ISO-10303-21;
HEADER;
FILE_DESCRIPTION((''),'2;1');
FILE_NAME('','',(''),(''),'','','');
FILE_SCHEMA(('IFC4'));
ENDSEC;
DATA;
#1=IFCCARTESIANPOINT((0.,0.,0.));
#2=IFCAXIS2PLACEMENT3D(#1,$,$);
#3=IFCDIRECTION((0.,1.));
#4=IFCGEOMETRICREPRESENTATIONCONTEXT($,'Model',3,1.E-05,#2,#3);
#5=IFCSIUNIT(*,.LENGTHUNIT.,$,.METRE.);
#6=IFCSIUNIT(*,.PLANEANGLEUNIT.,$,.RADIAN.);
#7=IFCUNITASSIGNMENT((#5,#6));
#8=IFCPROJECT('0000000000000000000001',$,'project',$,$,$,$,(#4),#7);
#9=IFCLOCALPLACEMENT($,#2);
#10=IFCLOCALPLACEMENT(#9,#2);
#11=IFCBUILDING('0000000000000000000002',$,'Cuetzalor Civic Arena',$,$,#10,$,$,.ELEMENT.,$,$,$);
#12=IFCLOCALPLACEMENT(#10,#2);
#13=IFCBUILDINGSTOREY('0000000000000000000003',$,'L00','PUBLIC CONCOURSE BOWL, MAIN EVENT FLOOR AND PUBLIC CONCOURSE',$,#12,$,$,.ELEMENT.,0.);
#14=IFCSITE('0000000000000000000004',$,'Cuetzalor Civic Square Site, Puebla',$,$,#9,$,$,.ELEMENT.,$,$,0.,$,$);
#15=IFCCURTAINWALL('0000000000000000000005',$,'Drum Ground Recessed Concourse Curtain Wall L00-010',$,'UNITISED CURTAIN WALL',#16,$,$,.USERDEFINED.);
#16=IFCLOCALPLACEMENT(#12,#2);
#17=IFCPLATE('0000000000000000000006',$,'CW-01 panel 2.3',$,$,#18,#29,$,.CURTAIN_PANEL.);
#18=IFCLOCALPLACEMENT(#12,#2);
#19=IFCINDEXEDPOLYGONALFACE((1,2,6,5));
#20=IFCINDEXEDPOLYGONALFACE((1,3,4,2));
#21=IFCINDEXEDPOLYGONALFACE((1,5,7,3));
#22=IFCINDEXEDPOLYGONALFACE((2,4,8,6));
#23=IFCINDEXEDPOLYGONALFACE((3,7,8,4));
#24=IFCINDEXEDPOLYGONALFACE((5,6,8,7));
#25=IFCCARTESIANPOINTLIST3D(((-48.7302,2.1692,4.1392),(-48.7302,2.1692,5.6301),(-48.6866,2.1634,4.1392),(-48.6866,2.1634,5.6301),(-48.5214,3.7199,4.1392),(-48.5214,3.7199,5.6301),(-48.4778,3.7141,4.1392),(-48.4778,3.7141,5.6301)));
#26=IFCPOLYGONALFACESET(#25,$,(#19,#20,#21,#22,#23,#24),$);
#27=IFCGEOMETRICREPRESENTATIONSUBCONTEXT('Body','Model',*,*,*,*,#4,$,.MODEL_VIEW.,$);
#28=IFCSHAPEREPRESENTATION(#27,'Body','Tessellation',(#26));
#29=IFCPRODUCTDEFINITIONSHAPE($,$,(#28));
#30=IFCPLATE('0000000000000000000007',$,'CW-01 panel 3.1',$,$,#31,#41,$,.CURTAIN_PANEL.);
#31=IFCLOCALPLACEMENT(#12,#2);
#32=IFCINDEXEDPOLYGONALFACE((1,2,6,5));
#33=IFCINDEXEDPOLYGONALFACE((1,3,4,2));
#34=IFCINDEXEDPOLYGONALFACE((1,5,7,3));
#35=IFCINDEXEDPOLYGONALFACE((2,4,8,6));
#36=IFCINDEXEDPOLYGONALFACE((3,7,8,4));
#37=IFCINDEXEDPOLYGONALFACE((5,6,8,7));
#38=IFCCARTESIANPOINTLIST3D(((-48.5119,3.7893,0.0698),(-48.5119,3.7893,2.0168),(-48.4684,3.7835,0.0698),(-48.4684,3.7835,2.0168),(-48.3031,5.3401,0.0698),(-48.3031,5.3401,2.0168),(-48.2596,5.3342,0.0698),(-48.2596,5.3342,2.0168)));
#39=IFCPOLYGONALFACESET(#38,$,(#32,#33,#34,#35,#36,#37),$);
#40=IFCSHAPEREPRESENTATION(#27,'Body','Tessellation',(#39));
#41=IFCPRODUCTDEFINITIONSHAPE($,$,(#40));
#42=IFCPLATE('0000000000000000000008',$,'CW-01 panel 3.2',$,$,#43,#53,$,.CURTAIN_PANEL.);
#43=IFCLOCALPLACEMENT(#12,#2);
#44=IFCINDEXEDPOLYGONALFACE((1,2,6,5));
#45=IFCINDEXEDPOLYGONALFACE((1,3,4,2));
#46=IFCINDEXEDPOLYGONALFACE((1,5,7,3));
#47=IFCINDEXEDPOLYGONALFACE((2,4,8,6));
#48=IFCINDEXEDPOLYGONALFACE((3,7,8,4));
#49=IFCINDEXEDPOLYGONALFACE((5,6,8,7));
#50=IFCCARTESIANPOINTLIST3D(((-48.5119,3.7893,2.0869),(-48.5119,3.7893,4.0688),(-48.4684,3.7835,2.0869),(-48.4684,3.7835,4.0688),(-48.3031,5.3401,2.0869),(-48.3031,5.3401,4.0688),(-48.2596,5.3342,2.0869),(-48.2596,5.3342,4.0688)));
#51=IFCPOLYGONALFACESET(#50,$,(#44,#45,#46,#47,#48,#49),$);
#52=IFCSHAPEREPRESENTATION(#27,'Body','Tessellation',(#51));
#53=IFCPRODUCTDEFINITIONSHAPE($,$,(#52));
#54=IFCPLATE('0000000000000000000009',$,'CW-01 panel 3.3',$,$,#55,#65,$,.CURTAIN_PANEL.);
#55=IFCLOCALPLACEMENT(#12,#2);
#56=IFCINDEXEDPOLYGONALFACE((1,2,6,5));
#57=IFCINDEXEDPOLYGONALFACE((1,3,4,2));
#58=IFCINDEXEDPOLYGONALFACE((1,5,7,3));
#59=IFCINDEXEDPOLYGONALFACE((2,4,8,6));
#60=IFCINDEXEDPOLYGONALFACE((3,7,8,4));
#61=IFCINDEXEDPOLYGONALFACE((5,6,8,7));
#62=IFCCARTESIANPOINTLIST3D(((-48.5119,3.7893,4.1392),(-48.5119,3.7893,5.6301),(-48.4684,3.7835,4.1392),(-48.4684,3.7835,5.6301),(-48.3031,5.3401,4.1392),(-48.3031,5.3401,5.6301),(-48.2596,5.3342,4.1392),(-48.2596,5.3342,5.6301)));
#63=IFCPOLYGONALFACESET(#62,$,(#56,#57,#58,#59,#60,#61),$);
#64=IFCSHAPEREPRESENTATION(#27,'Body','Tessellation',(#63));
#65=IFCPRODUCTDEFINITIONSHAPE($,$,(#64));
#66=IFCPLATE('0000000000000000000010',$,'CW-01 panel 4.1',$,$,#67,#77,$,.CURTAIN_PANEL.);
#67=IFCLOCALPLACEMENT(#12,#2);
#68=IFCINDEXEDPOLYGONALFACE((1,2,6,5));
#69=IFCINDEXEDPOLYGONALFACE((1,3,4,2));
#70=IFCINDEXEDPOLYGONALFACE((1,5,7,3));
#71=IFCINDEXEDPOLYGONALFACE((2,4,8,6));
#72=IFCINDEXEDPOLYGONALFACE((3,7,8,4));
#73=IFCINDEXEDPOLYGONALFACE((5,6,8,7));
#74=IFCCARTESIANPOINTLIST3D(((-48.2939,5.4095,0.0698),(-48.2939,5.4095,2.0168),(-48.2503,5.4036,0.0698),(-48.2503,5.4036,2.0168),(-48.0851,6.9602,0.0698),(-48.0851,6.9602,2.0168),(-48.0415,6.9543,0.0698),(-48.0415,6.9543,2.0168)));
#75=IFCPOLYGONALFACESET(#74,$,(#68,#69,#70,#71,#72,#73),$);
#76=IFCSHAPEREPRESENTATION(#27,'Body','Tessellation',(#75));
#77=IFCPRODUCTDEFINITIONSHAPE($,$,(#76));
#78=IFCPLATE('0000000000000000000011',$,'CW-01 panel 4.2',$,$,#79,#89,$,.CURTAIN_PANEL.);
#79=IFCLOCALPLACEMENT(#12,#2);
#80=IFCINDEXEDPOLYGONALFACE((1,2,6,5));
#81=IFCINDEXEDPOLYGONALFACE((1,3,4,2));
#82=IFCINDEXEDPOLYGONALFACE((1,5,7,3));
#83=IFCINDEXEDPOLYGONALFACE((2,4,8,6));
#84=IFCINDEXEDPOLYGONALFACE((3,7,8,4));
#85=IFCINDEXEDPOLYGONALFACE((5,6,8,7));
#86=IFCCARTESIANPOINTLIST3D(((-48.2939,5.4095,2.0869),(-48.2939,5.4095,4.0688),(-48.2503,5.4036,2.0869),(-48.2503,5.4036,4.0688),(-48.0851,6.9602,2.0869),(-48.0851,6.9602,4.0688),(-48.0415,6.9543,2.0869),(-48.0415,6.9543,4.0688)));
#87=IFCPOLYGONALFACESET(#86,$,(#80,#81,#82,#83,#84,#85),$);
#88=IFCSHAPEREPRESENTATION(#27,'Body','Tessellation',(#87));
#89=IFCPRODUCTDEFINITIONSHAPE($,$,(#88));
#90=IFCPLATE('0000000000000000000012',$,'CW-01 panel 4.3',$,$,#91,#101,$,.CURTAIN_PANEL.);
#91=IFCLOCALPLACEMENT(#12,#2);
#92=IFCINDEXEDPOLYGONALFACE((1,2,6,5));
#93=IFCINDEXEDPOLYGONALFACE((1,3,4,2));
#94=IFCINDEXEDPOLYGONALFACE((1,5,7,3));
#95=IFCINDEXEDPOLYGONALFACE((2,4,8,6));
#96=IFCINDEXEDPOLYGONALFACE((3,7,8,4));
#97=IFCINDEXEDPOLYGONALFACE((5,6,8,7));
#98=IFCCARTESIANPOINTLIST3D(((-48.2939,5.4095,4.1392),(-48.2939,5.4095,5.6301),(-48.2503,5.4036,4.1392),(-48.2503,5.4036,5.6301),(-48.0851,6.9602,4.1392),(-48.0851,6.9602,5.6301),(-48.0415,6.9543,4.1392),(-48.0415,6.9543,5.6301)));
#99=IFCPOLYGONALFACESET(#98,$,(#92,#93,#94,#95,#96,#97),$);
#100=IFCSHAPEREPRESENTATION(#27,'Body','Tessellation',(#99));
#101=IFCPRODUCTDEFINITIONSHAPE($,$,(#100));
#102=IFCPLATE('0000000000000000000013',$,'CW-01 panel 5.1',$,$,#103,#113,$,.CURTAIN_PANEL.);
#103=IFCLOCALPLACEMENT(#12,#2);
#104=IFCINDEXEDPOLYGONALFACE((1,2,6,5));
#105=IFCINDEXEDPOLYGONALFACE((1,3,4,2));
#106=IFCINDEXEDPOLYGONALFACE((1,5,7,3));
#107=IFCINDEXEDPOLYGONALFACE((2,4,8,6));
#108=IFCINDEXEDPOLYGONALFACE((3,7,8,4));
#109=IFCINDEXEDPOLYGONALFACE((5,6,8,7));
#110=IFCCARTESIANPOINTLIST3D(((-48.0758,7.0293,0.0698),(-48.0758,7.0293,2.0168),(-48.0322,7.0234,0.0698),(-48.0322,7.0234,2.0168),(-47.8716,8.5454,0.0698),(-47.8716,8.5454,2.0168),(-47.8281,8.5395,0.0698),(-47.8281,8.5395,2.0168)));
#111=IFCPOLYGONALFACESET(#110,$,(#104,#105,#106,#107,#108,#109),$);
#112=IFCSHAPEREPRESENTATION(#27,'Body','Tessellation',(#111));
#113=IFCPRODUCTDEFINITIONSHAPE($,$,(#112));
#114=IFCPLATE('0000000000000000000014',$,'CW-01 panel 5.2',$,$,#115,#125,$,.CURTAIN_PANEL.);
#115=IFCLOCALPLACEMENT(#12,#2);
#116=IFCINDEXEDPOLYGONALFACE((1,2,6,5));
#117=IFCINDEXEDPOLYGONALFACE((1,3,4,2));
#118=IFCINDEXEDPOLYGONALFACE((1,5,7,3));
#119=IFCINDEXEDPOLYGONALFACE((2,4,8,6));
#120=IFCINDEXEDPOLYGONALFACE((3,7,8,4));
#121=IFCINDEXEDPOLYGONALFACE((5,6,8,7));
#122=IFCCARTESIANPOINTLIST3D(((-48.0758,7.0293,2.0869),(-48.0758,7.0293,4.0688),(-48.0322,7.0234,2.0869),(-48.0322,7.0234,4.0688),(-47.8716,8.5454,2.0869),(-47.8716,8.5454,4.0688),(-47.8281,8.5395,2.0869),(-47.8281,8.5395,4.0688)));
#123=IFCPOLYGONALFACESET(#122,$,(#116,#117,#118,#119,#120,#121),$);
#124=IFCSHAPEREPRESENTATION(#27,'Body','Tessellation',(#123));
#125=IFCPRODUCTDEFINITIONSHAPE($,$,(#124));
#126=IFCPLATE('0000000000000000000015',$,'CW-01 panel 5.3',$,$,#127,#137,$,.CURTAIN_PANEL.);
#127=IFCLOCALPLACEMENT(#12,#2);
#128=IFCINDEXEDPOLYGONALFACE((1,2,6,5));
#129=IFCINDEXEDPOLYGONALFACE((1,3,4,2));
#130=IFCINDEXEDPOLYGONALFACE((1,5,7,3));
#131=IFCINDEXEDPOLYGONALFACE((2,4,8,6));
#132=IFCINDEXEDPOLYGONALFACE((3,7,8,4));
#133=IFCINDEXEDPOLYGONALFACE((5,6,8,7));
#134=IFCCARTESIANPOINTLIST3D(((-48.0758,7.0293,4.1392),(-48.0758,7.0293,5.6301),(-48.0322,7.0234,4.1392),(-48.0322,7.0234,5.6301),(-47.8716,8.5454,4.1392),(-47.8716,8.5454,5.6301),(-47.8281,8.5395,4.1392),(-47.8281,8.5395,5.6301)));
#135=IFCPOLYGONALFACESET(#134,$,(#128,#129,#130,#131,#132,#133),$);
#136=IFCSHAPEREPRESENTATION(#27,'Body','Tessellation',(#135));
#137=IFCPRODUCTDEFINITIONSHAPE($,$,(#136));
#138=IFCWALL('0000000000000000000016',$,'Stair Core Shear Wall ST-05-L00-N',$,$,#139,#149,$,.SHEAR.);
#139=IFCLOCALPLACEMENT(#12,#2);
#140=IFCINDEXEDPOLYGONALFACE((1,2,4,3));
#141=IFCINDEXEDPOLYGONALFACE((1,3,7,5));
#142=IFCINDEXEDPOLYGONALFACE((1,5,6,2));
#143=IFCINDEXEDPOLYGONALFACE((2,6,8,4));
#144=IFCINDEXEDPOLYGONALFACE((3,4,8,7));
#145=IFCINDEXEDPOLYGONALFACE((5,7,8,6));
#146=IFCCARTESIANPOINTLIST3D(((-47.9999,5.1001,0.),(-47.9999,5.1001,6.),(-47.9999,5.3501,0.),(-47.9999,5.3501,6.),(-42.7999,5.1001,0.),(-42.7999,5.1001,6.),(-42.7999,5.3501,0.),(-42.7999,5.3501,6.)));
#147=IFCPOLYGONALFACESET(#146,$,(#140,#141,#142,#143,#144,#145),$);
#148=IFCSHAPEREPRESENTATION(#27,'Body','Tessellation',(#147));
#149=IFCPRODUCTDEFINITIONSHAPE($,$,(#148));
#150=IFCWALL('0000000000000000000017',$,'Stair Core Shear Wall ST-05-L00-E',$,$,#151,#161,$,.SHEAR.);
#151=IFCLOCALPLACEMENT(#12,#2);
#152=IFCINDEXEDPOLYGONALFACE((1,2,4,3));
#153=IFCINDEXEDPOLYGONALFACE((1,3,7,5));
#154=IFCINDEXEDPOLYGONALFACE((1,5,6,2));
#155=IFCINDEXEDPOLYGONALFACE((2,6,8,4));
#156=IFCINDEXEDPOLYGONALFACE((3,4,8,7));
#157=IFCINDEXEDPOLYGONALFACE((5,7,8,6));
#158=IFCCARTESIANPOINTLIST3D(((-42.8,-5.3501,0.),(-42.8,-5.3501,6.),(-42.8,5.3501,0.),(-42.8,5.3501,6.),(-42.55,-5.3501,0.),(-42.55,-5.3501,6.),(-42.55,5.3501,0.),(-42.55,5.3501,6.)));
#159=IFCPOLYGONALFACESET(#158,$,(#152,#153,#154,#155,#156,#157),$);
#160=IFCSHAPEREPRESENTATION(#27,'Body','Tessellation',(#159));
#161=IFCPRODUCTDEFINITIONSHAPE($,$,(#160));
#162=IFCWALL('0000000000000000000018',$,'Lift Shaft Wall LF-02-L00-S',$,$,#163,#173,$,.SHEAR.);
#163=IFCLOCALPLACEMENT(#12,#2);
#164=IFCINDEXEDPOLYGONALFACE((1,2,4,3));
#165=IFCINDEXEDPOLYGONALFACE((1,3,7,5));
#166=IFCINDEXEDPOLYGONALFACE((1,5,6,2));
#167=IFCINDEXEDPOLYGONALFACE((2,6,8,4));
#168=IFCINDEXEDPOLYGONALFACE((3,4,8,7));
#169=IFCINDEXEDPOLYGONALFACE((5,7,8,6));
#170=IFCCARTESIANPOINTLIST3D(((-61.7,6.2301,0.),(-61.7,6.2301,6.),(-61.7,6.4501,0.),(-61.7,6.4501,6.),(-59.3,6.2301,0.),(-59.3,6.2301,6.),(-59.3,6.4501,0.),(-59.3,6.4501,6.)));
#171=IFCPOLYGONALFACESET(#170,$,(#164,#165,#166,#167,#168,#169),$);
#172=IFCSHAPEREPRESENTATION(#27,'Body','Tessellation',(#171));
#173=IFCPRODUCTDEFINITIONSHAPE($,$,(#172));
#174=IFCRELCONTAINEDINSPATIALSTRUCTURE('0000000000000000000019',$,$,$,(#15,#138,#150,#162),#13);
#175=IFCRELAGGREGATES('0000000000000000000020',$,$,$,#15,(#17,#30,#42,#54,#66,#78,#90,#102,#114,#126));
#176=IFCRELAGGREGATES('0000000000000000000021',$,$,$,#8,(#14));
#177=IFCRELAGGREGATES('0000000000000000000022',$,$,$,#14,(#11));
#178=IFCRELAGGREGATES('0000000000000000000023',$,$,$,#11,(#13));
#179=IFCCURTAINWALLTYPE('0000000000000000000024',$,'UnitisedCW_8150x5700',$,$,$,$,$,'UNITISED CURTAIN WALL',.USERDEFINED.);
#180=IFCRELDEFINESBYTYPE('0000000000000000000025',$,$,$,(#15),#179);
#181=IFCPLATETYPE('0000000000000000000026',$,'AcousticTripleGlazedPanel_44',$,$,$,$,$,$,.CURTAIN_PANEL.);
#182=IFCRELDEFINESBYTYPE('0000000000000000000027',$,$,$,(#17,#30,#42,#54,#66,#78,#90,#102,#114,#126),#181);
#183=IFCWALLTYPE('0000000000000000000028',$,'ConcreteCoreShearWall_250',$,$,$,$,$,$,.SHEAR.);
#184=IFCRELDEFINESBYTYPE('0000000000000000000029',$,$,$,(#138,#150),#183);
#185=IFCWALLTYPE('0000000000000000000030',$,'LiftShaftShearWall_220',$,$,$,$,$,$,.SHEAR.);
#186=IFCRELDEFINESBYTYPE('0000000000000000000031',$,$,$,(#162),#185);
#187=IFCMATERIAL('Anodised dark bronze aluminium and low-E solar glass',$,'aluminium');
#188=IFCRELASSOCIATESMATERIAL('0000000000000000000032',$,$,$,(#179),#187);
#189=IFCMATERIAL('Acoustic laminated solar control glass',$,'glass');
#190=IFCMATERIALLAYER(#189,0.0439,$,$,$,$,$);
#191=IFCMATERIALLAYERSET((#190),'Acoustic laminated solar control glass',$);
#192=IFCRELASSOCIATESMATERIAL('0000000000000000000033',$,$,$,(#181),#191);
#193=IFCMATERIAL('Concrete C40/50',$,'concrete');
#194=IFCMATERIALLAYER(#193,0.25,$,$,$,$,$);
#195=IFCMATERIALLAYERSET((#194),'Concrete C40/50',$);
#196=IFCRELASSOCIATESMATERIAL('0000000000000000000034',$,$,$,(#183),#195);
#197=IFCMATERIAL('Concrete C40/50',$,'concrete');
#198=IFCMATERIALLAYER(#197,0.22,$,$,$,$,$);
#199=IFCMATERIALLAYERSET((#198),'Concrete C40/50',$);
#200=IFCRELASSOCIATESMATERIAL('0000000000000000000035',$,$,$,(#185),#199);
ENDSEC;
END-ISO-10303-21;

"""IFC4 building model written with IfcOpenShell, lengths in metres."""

from ifc_helpers import new_model, si_unit, direction, frame, frame_2d, origin, origin_2d, place, context, subcontext, project, spatial, rectangle, extrude, material, layer, layer_set, type_object, element, aggregate, save


model = new_model("IFC4")

# Units and contexts
model_context = context("Model", 3, precision=1e-05, world=origin(), true_north=direction((0.0, 1.0)))
body_context = subcontext(model_context, "Body", "Model", "MODEL_VIEW")
ifc_project = project(units=[si_unit("LENGTHUNIT", "METRE"), si_unit("PLANEANGLEUNIT", "RADIAN")], contexts=[model_context])

# Site, building, storey
site_placement = place(None, origin())
site = spatial("IfcSite", under=ifc_project, at=site_placement, Name="Cuetzalor Civic Square Site, Puebla", CompositionType="ELEMENT", RefElevation=0.0)
building_placement = place(site_placement, origin())
building = spatial("IfcBuilding", under=site, at=building_placement, Name="Cuetzalor Civic Arena", CompositionType="ELEMENT")
storey_placement = place(building_placement, origin())
storey = spatial("IfcBuildingStorey", under=building, at=storey_placement, Name="L00", Description="PUBLIC CONCOURSE BOWL, MAIN EVENT FLOOR AND PUBLIC CONCOURSE", CompositionType="ELEMENT", Elevation=0.0)

# Curtain wall, plates
ifc_material_1 = material(Name="Anodised dark bronze aluminium and low-E solar glass", Category="aluminium")
curtain_wall_type = type_object("IfcCurtainWallType", Name="UnitisedCW_8150x5700", ElementType="UNITISED CURTAIN WALL", PredefinedType="USERDEFINED", material=ifc_material_1)
curtain_wall_placement = place(storey_placement, origin())
curtain_wall = element("IfcCurtainWall", 1, at=curtain_wall_placement, inside=storey, type_object=curtain_wall_type, Name="Drum Ground Recessed Concourse Curtain Wall L00-010", ObjectType="UNITISED CURTAIN WALL", PredefinedType="USERDEFINED")
ifc_material_2 = material(Name="Acoustic laminated solar control glass", Category="glass")
ifc_layer_1 = layer(ifc_material_2, 0.0439)
ifc_layer_set_1 = layer_set([ifc_layer_1], Name="Acoustic laminated solar control glass")
plate_type = type_object("IfcPlateType", Name="AcousticTripleGlazedPanel_44", PredefinedType="CURTAIN_PANEL", material=ifc_layer_set_1)
plate_1_placement = place(storey_placement, frame((-48.604, 2.9417, 4.1392), z_axis=(0.0, 0.0, 1.0), x_axis=(0.133443, 0.991056, 0.0)))
plate_1 = element("IfcPlate", 2, at=plate_1_placement, type_object=plate_type, Name="CW-01 panel 2.3", PredefinedType="CURTAIN_PANEL", context=body_context, shape_type="SweptSolid", body=[
    extrude(rectangle(XDim=1.5647, YDim=0.0439, at=origin_2d()), origin(), (0.0, 0.0, 1.0), 1.491),
])
plate_2_placement = place(storey_placement, frame((-48.3857, 4.5618, 0.0698), z_axis=(0.0, 0.0, 1.0), x_axis=(0.133443, 0.991056, 0.0)))
plate_2 = element("IfcPlate", 3, at=plate_2_placement, type_object=plate_type, Name="CW-01 panel 3.1", PredefinedType="CURTAIN_PANEL", context=body_context, shape_type="SweptSolid", body=[
    extrude(rectangle(XDim=1.5647, YDim=0.0439, at=origin_2d()), origin(), (0.0, 0.0, 1.0), 1.947),
])
plate_3_placement = place(storey_placement, frame((-48.3857, 4.5618, 2.0869), z_axis=(0.0, 0.0, 1.0), x_axis=(0.133443, 0.991056, 0.0)))
plate_3 = element("IfcPlate", 4, at=plate_3_placement, type_object=plate_type, Name="CW-01 panel 3.2", PredefinedType="CURTAIN_PANEL", context=body_context, shape_type="SweptSolid", body=[
    extrude(rectangle(XDim=1.5647, YDim=0.0439, at=origin_2d()), origin(), (0.0, 0.0, 1.0), 1.9819),
])
plate_4_placement = place(storey_placement, frame((-48.3857, 4.5618, 4.1392), z_axis=(0.0, 0.0, 1.0), x_axis=(0.133443, 0.991056, 0.0)))
plate_4 = element("IfcPlate", 5, at=plate_4_placement, type_object=plate_type, Name="CW-01 panel 3.3", PredefinedType="CURTAIN_PANEL", context=body_context, shape_type="SweptSolid", body=[
    extrude(rectangle(XDim=1.5647, YDim=0.0439, at=origin_2d()), origin(), (0.0, 0.0, 1.0), 1.491),
])
plate_5_placement = place(storey_placement, frame((-48.1677, 6.1819, 0.0698), z_axis=(0.0, 0.0, 1.0), x_axis=(0.133443, 0.991056, 0.0)))
plate_5 = element("IfcPlate", 6, at=plate_5_placement, type_object=plate_type, Name="CW-01 panel 4.1", PredefinedType="CURTAIN_PANEL", context=body_context, shape_type="SweptSolid", body=[
    extrude(rectangle(XDim=1.5647, YDim=0.0439, at=origin_2d()), origin(), (0.0, 0.0, 1.0), 1.947),
])
plate_6_placement = place(storey_placement, frame((-48.1677, 6.1819, 2.0869), z_axis=(0.0, 0.0, 1.0), x_axis=(0.133443, 0.991056, 0.0)))
plate_6 = element("IfcPlate", 7, at=plate_6_placement, type_object=plate_type, Name="CW-01 panel 4.2", PredefinedType="CURTAIN_PANEL", context=body_context, shape_type="SweptSolid", body=[
    extrude(rectangle(XDim=1.5647, YDim=0.0439, at=origin_2d()), origin(), (0.0, 0.0, 1.0), 1.9819),
])
plate_7_placement = place(storey_placement, frame((-48.1677, 6.1819, 4.1392), z_axis=(0.0, 0.0, 1.0), x_axis=(0.133443, 0.991056, 0.0)))
plate_7 = element("IfcPlate", 8, at=plate_7_placement, type_object=plate_type, Name="CW-01 panel 4.3", PredefinedType="CURTAIN_PANEL", context=body_context, shape_type="SweptSolid", body=[
    extrude(rectangle(XDim=1.5647, YDim=0.0439, at=origin_2d()), origin(), (0.0, 0.0, 1.0), 1.491),
])
plate_8_placement = place(storey_placement, frame((-47.9519, 7.7844, 0.0698), z_axis=(0.0, 0.0, 1.0), x_axis=(0.133443, 0.991056, 0.0)))
plate_8 = element("IfcPlate", 9, at=plate_8_placement, type_object=plate_type, Name="CW-01 panel 5.1", PredefinedType="CURTAIN_PANEL", context=body_context, shape_type="SweptSolid", body=[
    extrude(rectangle(XDim=1.5298, YDim=0.0439, at=origin_2d()), origin(), (0.0, 0.0, 1.0), 1.947),
])
plate_9_placement = place(storey_placement, frame((-47.9519, 7.7844, 2.0869), z_axis=(0.0, 0.0, 1.0), x_axis=(0.133443, 0.991056, 0.0)))
plate_9 = element("IfcPlate", 10, at=plate_9_placement, type_object=plate_type, Name="CW-01 panel 5.2", PredefinedType="CURTAIN_PANEL", context=body_context, shape_type="SweptSolid", body=[
    extrude(rectangle(XDim=1.5298, YDim=0.0439, at=origin_2d()), origin(), (0.0, 0.0, 1.0), 1.9819),
])
plate_10_placement = place(storey_placement, frame((-47.9519, 7.7844, 4.1392), z_axis=(0.0, 0.0, 1.0), x_axis=(0.133443, 0.991056, 0.0)))
plate_10 = element("IfcPlate", 11, at=plate_10_placement, type_object=plate_type, Name="CW-01 panel 5.3", PredefinedType="CURTAIN_PANEL", context=body_context, shape_type="SweptSolid", body=[
    extrude(rectangle(XDim=1.5298, YDim=0.0439, at=origin_2d()), origin(), (0.0, 0.0, 1.0), 1.491),
])
aggregate(curtain_wall, [plate_1, plate_2, plate_3, plate_4, plate_5, plate_6, plate_7, plate_8, plate_9, plate_10])

# Walls
ifc_material_3 = material(Name="Concrete C40/50", Category="concrete")
ifc_layer_2 = layer(ifc_material_3, 0.25)
ifc_layer_set_2 = layer_set([ifc_layer_2], Name="Concrete C40/50")
wall_type_1 = type_object("IfcWallType", Name="ConcreteCoreShearWall_250", PredefinedType="SHEAR", material=ifc_layer_set_2)
wall_1_placement = place(storey_placement, frame((-48.0, 5.2251, 0.0), z_axis=(0.0, 0.0, 1.0), x_axis=(1.0, 0.0, 0.0)))
element("IfcWall", 12, at=wall_1_placement, inside=storey, type_object=wall_type_1, Name="Stair Core Shear Wall ST-05-L00-N", PredefinedType="SHEAR", context=body_context, shape_type="SweptSolid", body=[
    extrude(rectangle(XDim=5.2, YDim=0.25, at=frame_2d((2.6001, 0.0))), origin(), (0.0, 0.0, 1.0), 6.0),
])
wall_2_placement = place(storey_placement, frame((-42.675, 5.3501, 0.0), z_axis=(0.0, 0.0, 1.0), x_axis=(0.0, -1.0, 0.0)))
element("IfcWall", 13, at=wall_2_placement, inside=storey, type_object=wall_type_1, Name="Stair Core Shear Wall ST-05-L00-E", PredefinedType="SHEAR", context=body_context, shape_type="SweptSolid", body=[
    extrude(rectangle(XDim=10.7002, YDim=0.25, at=frame_2d((5.3501, 0.0))), origin(), (0.0, 0.0, 1.0), 6.0),
])
ifc_material_4 = material(Name="Concrete C40/50", Category="concrete")
ifc_layer_3 = layer(ifc_material_4, 0.22)
ifc_layer_set_3 = layer_set([ifc_layer_3], Name="Concrete C40/50")
wall_type_2 = type_object("IfcWallType", Name="LiftShaftShearWall_220", PredefinedType="SHEAR", material=ifc_layer_set_3)
wall_3_placement = place(storey_placement, frame((-59.3, 6.3401, 0.0), z_axis=(0.0, 0.0, 1.0), x_axis=(-1.0, 0.0, 0.0)))
element("IfcWall", 14, at=wall_3_placement, inside=storey, type_object=wall_type_2, Name="Lift Shaft Wall LF-02-L00-S", PredefinedType="SHEAR", context=body_context, shape_type="SweptSolid", body=[
    extrude(rectangle(XDim=2.3999, YDim=0.22, at=frame_2d((1.2, 0.0))), origin(), (0.0, 0.0, 1.0), 6.0),
])

save(model, "model.ifc")
